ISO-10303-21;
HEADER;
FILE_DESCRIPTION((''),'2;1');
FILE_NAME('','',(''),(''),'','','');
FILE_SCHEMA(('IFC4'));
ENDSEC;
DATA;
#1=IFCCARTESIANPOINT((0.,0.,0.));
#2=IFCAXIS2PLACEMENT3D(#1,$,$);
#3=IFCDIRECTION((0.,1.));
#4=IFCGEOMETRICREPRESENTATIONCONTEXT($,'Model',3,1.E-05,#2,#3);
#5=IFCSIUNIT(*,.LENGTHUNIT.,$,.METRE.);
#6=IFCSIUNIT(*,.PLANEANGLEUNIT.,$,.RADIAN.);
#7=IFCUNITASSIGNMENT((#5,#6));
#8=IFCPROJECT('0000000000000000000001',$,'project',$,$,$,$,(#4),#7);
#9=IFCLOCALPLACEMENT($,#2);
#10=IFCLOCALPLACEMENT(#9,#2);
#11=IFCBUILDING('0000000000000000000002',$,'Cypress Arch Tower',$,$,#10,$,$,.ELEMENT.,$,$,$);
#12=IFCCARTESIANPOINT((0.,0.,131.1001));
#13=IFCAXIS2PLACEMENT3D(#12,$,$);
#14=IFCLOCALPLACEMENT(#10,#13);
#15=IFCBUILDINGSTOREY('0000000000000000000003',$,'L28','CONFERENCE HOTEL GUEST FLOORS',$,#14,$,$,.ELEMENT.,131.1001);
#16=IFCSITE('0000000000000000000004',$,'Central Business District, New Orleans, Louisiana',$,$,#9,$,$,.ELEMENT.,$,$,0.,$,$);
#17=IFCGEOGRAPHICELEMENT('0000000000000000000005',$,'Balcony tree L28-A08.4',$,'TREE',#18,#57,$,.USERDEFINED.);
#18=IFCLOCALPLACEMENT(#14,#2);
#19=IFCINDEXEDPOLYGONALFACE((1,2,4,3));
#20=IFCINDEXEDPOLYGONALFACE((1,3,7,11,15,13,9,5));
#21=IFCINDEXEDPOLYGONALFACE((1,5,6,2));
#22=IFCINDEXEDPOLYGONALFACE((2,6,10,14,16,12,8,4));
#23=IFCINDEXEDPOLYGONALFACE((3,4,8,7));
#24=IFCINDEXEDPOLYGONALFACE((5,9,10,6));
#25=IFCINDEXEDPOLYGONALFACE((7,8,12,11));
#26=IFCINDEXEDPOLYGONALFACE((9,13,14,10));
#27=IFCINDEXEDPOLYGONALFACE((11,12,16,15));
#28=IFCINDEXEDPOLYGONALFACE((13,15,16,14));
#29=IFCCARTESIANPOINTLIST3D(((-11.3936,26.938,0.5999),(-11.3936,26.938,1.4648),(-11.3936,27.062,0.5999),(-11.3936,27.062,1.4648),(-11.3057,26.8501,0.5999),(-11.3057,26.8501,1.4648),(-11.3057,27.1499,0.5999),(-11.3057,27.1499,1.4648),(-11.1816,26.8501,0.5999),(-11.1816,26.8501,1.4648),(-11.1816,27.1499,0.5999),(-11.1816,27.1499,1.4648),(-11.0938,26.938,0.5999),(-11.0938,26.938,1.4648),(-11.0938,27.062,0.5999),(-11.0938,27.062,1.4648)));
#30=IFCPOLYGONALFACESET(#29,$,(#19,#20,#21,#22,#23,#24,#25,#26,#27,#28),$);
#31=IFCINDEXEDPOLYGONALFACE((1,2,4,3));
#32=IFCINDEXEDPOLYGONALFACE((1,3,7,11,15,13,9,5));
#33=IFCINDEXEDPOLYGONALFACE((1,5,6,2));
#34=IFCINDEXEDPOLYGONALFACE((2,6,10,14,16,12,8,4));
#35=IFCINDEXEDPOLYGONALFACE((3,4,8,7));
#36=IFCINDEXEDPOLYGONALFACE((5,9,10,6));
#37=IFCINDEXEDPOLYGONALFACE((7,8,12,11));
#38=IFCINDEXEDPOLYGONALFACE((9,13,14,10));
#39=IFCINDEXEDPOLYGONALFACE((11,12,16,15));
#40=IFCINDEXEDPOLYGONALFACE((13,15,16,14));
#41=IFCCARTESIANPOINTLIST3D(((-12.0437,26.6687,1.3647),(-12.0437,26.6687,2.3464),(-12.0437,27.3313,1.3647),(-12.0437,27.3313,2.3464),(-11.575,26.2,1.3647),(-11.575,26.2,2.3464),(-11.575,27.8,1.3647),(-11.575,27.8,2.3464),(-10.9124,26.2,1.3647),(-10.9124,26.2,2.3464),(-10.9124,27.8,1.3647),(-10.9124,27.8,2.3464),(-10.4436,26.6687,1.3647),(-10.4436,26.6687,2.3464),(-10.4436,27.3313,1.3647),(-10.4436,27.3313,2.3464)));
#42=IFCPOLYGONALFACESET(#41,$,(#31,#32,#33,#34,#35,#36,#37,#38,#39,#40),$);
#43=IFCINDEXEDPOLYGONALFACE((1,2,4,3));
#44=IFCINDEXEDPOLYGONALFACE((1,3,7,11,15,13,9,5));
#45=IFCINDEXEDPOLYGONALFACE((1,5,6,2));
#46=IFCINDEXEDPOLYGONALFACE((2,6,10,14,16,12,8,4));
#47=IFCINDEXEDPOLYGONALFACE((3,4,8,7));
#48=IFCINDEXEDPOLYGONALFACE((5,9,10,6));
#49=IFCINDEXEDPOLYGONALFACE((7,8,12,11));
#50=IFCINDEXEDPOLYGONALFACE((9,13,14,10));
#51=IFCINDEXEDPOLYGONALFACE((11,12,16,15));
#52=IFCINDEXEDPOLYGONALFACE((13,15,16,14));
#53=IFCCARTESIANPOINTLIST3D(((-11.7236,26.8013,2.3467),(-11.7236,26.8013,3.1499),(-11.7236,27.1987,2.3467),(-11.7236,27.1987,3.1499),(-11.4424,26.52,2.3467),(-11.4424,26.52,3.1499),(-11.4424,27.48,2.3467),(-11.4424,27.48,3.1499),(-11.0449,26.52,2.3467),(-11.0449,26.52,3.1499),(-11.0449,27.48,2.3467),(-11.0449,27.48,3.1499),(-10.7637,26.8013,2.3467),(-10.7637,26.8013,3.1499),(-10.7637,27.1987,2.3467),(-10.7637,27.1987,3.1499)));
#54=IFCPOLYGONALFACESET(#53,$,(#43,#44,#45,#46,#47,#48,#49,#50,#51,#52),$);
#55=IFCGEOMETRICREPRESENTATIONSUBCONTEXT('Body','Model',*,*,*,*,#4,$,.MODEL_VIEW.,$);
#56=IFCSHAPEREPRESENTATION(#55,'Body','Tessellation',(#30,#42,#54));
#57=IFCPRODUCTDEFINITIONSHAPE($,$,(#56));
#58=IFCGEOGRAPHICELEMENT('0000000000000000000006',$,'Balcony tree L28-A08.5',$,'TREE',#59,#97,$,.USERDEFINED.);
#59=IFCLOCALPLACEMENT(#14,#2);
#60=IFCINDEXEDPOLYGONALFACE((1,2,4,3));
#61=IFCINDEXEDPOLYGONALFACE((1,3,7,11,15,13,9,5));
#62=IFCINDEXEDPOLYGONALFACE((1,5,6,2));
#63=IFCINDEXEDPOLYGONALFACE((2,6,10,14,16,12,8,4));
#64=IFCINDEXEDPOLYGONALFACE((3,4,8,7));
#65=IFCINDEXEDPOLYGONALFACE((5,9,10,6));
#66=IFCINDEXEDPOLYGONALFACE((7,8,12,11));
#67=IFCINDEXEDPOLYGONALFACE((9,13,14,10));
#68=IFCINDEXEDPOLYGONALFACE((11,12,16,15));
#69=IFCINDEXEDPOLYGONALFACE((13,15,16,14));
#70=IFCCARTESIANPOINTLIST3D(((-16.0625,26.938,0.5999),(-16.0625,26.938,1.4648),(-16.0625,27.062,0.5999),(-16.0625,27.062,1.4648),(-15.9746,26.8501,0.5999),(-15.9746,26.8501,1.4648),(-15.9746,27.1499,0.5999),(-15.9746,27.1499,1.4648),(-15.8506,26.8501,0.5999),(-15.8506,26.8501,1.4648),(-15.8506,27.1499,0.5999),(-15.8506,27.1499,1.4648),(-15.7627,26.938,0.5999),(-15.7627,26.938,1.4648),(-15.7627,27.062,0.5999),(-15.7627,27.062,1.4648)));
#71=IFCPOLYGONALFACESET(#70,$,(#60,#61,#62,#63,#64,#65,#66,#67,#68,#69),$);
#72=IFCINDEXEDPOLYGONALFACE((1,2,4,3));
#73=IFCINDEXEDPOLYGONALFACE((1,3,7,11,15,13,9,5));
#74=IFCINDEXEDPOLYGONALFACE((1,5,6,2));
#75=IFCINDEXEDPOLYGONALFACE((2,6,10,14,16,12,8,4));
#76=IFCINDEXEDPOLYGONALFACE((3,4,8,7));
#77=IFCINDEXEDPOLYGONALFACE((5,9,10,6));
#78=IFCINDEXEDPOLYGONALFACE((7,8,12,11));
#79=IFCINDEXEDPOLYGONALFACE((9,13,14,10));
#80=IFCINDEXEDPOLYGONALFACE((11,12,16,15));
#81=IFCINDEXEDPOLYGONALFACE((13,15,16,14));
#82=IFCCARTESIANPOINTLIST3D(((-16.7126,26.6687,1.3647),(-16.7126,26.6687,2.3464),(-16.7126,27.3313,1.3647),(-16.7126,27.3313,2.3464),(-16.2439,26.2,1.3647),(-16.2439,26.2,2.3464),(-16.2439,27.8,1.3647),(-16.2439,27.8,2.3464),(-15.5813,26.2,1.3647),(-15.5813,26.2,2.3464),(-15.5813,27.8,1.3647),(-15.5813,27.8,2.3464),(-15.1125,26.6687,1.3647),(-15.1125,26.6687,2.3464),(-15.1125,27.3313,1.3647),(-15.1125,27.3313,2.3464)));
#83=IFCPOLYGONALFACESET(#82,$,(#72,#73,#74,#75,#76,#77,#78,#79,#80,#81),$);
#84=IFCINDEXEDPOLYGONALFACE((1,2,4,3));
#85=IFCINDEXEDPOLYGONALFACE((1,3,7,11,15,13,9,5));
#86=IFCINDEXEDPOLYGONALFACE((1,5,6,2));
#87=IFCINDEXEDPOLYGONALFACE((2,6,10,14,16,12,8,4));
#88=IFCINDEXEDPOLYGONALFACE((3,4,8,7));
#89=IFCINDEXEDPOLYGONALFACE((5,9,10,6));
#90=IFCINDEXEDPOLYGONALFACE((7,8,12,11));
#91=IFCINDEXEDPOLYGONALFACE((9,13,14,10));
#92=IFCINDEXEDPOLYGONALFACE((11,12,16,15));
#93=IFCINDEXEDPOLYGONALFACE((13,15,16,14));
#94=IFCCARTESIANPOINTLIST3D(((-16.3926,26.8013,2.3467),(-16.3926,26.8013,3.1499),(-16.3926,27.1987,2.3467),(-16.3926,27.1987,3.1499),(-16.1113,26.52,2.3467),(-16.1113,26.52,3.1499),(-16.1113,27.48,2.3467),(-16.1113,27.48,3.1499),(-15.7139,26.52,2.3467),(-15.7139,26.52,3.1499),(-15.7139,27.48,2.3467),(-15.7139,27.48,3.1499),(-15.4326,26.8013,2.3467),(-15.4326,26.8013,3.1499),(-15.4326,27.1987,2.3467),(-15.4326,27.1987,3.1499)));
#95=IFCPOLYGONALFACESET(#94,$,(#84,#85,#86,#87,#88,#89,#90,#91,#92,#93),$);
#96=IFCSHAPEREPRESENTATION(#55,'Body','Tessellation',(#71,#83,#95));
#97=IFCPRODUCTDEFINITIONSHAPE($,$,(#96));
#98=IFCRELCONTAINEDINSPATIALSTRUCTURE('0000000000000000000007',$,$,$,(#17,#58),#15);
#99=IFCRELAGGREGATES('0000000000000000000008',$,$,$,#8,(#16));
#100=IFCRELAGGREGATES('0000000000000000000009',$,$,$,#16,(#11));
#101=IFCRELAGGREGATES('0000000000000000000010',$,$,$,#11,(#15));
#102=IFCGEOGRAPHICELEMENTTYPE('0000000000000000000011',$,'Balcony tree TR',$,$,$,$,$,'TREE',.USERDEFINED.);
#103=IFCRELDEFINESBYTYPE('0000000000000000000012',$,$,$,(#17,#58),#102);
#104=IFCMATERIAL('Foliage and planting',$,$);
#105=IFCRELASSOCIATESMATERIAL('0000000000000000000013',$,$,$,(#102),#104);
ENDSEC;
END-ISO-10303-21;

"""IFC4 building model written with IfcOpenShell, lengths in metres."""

from ifc_helpers import new_model, si_unit, direction, frame, origin, place, context, subcontext, project, spatial, polyline, outline, extrude, material, type_object, element, save


model = new_model("IFC4")

# Units and contexts
model_context = context("Model", 3, precision=1e-05, world=origin(), true_north=direction((0.0, 1.0)))
body_context = subcontext(model_context, "Body", "Model", "MODEL_VIEW")
ifc_project = project(units=[si_unit("LENGTHUNIT", "METRE"), si_unit("PLANEANGLEUNIT", "RADIAN")], contexts=[model_context])

# Site, building, storey
site_placement = place(None, origin())
site = spatial("IfcSite", under=ifc_project, at=site_placement, Name="Central Business District, New Orleans, Louisiana", CompositionType="ELEMENT", RefElevation=0.0)
building_placement = place(site_placement, origin())
building = spatial("IfcBuilding", under=site, at=building_placement, Name="Cypress Arch Tower", CompositionType="ELEMENT")
storey_placement = place(building_placement, frame((0.0, 0.0, 131.1001)))
storey = spatial("IfcBuildingStorey", under=building, at=storey_placement, Name="L28", Description="CONFERENCE HOTEL GUEST FLOORS", CompositionType="ELEMENT", Elevation=131.1001)

# Geographic elements
ifc_material_1 = material(Name="Foliage and planting")
geographic_element_type = type_object("IfcGeographicElementType", Name="Balcony tree TR", ElementType="TREE", PredefinedType="USERDEFINED", material=ifc_material_1)
for number, where, z_axis, x_axis, name in (
    (1, (-11.2437, 27.0, 0.5999), (0.0, 0.0, 1.0), (1.0, 0.0, 0.0), "Balcony tree L28-A08.4"),
    (2, (-15.9126, 27.0, 0.5999), (0.0, 0.0, 1.0), (1.0, 0.0, 0.0), "Balcony tree L28-A08.5"),
):
    element("IfcGeographicElement", number, at=place(storey_placement, frame(where, z_axis=z_axis, x_axis=x_axis)), inside=storey, type_object=geographic_element_type, Name=name, ObjectType="TREE", PredefinedType="USERDEFINED", context=body_context, shape_type="SweptSolid", body=[
        extrude(outline(polyline([(0.1499, 0.062), (0.062, 0.1499), (-0.062, 0.1499), (-0.1499, 0.062), (-0.1499, -0.062), (-0.062, -0.1499), (0.062, -0.1499), (0.1499, -0.062), (0.1499, 0.062)])), origin(), (0.0, 0.0, 1.0), 0.865),
        extrude(outline(polyline([(0.8, 0.3313), (0.3313, 0.8), (-0.3313, 0.8), (-0.8, 0.3313), (-0.8, -0.3313), (-0.3313, -0.8), (0.3313, -0.8), (0.8, -0.3313), (0.8, 0.3313)])), frame((0.0, 0.0, 0.7649)), (0.0, 0.0, 1.0), 0.9817),
        extrude(outline(polyline([(0.48, 0.1987), (0.1987, 0.48), (-0.1987, 0.48), (-0.48, 0.1987), (-0.48, -0.1987), (-0.1987, -0.48), (0.1987, -0.48), (0.48, -0.1987), (0.48, 0.1987)])), frame((0.0, 0.0, 1.7468)), (0.0, 0.0, 1.0), 0.8032),
    ])

save(model, "model.ifc")
